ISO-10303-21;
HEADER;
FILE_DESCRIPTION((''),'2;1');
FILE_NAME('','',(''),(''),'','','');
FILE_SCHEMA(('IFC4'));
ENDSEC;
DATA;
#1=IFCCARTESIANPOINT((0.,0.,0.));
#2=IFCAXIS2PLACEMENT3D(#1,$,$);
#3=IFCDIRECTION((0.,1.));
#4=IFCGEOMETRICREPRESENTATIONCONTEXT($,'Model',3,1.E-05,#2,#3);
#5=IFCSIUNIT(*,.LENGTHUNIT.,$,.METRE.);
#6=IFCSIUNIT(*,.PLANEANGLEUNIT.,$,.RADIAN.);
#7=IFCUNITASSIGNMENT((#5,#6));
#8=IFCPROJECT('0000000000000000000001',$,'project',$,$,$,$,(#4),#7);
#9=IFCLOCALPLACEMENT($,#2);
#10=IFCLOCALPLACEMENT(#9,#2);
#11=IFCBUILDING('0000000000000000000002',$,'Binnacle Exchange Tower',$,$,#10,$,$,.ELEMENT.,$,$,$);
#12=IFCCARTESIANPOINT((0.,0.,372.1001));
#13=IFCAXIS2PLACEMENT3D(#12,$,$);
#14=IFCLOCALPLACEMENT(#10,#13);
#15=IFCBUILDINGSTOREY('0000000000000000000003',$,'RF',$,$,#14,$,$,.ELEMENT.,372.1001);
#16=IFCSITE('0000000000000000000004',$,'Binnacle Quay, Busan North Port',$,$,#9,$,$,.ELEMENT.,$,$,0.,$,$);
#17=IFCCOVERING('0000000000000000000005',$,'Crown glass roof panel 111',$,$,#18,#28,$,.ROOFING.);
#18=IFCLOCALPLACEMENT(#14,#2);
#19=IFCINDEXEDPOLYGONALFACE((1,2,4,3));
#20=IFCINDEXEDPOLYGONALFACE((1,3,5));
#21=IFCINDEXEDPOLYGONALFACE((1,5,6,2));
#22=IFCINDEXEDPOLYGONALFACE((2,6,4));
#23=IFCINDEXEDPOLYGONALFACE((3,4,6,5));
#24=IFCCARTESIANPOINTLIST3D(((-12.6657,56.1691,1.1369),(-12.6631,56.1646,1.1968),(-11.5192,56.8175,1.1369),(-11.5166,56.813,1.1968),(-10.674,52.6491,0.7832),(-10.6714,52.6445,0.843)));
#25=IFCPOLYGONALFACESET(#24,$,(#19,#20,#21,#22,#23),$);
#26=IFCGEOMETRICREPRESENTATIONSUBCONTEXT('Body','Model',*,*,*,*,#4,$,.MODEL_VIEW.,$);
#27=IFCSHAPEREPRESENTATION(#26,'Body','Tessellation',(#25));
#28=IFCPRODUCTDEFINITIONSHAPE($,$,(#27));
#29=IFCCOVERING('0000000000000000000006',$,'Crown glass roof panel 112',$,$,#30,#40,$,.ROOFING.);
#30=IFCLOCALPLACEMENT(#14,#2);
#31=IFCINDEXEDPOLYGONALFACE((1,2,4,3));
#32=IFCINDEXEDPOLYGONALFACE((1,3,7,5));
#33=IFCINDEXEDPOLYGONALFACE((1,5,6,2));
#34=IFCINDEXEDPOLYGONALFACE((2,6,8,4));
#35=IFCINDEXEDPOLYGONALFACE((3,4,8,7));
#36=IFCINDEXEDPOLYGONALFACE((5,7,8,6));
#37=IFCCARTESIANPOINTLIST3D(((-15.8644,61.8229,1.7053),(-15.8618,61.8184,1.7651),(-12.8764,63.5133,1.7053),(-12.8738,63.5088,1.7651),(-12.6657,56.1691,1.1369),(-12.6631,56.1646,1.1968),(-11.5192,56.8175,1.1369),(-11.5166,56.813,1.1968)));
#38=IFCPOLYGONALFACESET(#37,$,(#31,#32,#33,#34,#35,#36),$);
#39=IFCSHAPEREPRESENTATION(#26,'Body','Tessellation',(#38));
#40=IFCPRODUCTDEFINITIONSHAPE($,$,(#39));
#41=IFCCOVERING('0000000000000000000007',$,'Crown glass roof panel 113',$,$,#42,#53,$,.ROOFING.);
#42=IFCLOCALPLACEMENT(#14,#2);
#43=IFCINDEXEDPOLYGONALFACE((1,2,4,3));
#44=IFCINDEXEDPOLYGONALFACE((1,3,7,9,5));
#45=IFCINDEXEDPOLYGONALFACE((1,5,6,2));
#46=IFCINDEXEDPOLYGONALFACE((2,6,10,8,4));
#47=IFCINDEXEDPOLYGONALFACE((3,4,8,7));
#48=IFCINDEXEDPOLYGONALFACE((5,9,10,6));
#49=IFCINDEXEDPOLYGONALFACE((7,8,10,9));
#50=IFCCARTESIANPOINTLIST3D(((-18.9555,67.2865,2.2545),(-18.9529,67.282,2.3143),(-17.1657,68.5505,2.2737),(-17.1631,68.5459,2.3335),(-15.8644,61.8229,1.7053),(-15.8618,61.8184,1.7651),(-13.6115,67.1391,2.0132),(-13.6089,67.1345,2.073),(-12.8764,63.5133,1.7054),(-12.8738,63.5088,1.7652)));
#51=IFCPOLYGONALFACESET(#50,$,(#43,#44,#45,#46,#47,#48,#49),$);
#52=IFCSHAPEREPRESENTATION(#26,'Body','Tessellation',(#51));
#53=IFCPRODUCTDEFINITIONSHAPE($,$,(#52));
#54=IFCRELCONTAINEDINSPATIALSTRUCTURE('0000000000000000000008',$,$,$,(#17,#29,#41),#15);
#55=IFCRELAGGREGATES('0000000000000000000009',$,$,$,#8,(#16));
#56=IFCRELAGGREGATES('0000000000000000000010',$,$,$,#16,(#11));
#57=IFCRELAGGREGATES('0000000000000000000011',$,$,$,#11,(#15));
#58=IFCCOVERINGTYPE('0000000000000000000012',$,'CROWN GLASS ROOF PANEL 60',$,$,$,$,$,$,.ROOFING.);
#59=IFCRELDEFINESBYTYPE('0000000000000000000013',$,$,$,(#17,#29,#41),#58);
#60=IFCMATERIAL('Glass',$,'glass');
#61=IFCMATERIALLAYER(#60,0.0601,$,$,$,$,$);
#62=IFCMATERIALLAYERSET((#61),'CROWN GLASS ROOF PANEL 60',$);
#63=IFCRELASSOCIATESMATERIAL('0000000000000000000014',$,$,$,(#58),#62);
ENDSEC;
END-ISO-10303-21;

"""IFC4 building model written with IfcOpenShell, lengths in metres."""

from ifc_helpers import new_model, si_unit, direction, frame, origin, place, context, subcontext, project, spatial, polyline, outline, extrude, material, layer, layer_set, type_object, element, save


model = new_model("IFC4")

# Units and contexts
model_context = context("Model", 3, precision=1e-05, world=origin(), true_north=direction((0.0, 1.0)))
body_context = subcontext(model_context, "Body", "Model", "MODEL_VIEW")
ifc_project = project(units=[si_unit("LENGTHUNIT", "METRE"), si_unit("PLANEANGLEUNIT", "RADIAN")], contexts=[model_context])

# Site, building, storey
site_placement = place(None, origin())
site = spatial("IfcSite", under=ifc_project, at=site_placement, Name="Binnacle Quay, Busan North Port", CompositionType="ELEMENT", RefElevation=0.0)
building_placement = place(site_placement, origin())
building = spatial("IfcBuilding", under=site, at=building_placement, Name="Binnacle Exchange Tower", CompositionType="ELEMENT")
storey_placement = place(building_placement, frame((0.0, 0.0, 372.1001)))
storey = spatial("IfcBuildingStorey", under=building, at=storey_placement, Name="RF", CompositionType="ELEMENT", Elevation=372.1001)

# Coverings
ifc_material_1 = material(Name="Glass", Category="glass")
ifc_layer = layer(ifc_material_1, 0.0601)
ifc_layer_set = layer_set([ifc_layer], Name="CROWN GLASS ROOF PANEL 60")
covering_type = type_object("IfcCoveringType", Name="CROWN GLASS ROOF PANEL 60", PredefinedType="ROOFING", material=ifc_layer_set)
covering_1_placement = place(storey_placement, frame((-12.6631, 56.1646, 1.1968), z_axis=(0.042897, -0.075845, 0.996196), x_axis=(0.870425, 0.492302, 0.0)))
element("IfcCovering", 1, at=covering_1_placement, inside=storey, type_object=covering_type, Name="Crown glass roof panel 111", PredefinedType="ROOFING", context=body_context, shape_type="SweptSolid", body=[
    extrude(outline(polyline([(0.0, 0.0), (1.3172, 0.0), (0.0007, -4.0599), (0.0, 0.0)])), origin(), (0.0, 0.0, -1.0), 0.0601),
])
covering_2_placement = place(storey_placement, frame((-12.6631, 56.1646, 1.1968), z_axis=(0.042915, -0.075863, 0.996194), x_axis=(-0.490545, 0.867046, 0.08716)))
element("IfcCovering", 2, at=covering_2_placement, inside=storey, type_object=covering_type, Name="Crown glass roof panel 112", PredefinedType="ROOFING", context=body_context, shape_type="SweptSolid", body=[
    extrude(outline(polyline([(0.0, 0.0), (6.5208, 0.0), (6.5207, -3.4331), (-0.0002, -1.3172), (0.0, 0.0)])), origin(), (0.0, 0.0, -1.0), 0.0601),
])
covering_3_placement = place(storey_placement, frame((-15.8618, 61.8184, 1.7651), z_axis=(0.042886, -0.075872, 0.996195), x_axis=(-0.490537, 0.867051, 0.087154)))
element("IfcCovering", 3, at=covering_3_placement, inside=storey, type_object=covering_type, Name="Crown glass roof panel 113", PredefinedType="ROOFING", context=body_context, shape_type="SweptSolid", body=[
    extrude(outline(polyline([(0.0, 0.0), (6.3014, 0.0), (6.521, -2.1801), (3.5311, -4.5786), (-0.0001, -3.4331), (0.0, 0.0)])), origin(), (0.0, 0.0, -1.0), 0.0601),
])

save(model, "model.ifc")
